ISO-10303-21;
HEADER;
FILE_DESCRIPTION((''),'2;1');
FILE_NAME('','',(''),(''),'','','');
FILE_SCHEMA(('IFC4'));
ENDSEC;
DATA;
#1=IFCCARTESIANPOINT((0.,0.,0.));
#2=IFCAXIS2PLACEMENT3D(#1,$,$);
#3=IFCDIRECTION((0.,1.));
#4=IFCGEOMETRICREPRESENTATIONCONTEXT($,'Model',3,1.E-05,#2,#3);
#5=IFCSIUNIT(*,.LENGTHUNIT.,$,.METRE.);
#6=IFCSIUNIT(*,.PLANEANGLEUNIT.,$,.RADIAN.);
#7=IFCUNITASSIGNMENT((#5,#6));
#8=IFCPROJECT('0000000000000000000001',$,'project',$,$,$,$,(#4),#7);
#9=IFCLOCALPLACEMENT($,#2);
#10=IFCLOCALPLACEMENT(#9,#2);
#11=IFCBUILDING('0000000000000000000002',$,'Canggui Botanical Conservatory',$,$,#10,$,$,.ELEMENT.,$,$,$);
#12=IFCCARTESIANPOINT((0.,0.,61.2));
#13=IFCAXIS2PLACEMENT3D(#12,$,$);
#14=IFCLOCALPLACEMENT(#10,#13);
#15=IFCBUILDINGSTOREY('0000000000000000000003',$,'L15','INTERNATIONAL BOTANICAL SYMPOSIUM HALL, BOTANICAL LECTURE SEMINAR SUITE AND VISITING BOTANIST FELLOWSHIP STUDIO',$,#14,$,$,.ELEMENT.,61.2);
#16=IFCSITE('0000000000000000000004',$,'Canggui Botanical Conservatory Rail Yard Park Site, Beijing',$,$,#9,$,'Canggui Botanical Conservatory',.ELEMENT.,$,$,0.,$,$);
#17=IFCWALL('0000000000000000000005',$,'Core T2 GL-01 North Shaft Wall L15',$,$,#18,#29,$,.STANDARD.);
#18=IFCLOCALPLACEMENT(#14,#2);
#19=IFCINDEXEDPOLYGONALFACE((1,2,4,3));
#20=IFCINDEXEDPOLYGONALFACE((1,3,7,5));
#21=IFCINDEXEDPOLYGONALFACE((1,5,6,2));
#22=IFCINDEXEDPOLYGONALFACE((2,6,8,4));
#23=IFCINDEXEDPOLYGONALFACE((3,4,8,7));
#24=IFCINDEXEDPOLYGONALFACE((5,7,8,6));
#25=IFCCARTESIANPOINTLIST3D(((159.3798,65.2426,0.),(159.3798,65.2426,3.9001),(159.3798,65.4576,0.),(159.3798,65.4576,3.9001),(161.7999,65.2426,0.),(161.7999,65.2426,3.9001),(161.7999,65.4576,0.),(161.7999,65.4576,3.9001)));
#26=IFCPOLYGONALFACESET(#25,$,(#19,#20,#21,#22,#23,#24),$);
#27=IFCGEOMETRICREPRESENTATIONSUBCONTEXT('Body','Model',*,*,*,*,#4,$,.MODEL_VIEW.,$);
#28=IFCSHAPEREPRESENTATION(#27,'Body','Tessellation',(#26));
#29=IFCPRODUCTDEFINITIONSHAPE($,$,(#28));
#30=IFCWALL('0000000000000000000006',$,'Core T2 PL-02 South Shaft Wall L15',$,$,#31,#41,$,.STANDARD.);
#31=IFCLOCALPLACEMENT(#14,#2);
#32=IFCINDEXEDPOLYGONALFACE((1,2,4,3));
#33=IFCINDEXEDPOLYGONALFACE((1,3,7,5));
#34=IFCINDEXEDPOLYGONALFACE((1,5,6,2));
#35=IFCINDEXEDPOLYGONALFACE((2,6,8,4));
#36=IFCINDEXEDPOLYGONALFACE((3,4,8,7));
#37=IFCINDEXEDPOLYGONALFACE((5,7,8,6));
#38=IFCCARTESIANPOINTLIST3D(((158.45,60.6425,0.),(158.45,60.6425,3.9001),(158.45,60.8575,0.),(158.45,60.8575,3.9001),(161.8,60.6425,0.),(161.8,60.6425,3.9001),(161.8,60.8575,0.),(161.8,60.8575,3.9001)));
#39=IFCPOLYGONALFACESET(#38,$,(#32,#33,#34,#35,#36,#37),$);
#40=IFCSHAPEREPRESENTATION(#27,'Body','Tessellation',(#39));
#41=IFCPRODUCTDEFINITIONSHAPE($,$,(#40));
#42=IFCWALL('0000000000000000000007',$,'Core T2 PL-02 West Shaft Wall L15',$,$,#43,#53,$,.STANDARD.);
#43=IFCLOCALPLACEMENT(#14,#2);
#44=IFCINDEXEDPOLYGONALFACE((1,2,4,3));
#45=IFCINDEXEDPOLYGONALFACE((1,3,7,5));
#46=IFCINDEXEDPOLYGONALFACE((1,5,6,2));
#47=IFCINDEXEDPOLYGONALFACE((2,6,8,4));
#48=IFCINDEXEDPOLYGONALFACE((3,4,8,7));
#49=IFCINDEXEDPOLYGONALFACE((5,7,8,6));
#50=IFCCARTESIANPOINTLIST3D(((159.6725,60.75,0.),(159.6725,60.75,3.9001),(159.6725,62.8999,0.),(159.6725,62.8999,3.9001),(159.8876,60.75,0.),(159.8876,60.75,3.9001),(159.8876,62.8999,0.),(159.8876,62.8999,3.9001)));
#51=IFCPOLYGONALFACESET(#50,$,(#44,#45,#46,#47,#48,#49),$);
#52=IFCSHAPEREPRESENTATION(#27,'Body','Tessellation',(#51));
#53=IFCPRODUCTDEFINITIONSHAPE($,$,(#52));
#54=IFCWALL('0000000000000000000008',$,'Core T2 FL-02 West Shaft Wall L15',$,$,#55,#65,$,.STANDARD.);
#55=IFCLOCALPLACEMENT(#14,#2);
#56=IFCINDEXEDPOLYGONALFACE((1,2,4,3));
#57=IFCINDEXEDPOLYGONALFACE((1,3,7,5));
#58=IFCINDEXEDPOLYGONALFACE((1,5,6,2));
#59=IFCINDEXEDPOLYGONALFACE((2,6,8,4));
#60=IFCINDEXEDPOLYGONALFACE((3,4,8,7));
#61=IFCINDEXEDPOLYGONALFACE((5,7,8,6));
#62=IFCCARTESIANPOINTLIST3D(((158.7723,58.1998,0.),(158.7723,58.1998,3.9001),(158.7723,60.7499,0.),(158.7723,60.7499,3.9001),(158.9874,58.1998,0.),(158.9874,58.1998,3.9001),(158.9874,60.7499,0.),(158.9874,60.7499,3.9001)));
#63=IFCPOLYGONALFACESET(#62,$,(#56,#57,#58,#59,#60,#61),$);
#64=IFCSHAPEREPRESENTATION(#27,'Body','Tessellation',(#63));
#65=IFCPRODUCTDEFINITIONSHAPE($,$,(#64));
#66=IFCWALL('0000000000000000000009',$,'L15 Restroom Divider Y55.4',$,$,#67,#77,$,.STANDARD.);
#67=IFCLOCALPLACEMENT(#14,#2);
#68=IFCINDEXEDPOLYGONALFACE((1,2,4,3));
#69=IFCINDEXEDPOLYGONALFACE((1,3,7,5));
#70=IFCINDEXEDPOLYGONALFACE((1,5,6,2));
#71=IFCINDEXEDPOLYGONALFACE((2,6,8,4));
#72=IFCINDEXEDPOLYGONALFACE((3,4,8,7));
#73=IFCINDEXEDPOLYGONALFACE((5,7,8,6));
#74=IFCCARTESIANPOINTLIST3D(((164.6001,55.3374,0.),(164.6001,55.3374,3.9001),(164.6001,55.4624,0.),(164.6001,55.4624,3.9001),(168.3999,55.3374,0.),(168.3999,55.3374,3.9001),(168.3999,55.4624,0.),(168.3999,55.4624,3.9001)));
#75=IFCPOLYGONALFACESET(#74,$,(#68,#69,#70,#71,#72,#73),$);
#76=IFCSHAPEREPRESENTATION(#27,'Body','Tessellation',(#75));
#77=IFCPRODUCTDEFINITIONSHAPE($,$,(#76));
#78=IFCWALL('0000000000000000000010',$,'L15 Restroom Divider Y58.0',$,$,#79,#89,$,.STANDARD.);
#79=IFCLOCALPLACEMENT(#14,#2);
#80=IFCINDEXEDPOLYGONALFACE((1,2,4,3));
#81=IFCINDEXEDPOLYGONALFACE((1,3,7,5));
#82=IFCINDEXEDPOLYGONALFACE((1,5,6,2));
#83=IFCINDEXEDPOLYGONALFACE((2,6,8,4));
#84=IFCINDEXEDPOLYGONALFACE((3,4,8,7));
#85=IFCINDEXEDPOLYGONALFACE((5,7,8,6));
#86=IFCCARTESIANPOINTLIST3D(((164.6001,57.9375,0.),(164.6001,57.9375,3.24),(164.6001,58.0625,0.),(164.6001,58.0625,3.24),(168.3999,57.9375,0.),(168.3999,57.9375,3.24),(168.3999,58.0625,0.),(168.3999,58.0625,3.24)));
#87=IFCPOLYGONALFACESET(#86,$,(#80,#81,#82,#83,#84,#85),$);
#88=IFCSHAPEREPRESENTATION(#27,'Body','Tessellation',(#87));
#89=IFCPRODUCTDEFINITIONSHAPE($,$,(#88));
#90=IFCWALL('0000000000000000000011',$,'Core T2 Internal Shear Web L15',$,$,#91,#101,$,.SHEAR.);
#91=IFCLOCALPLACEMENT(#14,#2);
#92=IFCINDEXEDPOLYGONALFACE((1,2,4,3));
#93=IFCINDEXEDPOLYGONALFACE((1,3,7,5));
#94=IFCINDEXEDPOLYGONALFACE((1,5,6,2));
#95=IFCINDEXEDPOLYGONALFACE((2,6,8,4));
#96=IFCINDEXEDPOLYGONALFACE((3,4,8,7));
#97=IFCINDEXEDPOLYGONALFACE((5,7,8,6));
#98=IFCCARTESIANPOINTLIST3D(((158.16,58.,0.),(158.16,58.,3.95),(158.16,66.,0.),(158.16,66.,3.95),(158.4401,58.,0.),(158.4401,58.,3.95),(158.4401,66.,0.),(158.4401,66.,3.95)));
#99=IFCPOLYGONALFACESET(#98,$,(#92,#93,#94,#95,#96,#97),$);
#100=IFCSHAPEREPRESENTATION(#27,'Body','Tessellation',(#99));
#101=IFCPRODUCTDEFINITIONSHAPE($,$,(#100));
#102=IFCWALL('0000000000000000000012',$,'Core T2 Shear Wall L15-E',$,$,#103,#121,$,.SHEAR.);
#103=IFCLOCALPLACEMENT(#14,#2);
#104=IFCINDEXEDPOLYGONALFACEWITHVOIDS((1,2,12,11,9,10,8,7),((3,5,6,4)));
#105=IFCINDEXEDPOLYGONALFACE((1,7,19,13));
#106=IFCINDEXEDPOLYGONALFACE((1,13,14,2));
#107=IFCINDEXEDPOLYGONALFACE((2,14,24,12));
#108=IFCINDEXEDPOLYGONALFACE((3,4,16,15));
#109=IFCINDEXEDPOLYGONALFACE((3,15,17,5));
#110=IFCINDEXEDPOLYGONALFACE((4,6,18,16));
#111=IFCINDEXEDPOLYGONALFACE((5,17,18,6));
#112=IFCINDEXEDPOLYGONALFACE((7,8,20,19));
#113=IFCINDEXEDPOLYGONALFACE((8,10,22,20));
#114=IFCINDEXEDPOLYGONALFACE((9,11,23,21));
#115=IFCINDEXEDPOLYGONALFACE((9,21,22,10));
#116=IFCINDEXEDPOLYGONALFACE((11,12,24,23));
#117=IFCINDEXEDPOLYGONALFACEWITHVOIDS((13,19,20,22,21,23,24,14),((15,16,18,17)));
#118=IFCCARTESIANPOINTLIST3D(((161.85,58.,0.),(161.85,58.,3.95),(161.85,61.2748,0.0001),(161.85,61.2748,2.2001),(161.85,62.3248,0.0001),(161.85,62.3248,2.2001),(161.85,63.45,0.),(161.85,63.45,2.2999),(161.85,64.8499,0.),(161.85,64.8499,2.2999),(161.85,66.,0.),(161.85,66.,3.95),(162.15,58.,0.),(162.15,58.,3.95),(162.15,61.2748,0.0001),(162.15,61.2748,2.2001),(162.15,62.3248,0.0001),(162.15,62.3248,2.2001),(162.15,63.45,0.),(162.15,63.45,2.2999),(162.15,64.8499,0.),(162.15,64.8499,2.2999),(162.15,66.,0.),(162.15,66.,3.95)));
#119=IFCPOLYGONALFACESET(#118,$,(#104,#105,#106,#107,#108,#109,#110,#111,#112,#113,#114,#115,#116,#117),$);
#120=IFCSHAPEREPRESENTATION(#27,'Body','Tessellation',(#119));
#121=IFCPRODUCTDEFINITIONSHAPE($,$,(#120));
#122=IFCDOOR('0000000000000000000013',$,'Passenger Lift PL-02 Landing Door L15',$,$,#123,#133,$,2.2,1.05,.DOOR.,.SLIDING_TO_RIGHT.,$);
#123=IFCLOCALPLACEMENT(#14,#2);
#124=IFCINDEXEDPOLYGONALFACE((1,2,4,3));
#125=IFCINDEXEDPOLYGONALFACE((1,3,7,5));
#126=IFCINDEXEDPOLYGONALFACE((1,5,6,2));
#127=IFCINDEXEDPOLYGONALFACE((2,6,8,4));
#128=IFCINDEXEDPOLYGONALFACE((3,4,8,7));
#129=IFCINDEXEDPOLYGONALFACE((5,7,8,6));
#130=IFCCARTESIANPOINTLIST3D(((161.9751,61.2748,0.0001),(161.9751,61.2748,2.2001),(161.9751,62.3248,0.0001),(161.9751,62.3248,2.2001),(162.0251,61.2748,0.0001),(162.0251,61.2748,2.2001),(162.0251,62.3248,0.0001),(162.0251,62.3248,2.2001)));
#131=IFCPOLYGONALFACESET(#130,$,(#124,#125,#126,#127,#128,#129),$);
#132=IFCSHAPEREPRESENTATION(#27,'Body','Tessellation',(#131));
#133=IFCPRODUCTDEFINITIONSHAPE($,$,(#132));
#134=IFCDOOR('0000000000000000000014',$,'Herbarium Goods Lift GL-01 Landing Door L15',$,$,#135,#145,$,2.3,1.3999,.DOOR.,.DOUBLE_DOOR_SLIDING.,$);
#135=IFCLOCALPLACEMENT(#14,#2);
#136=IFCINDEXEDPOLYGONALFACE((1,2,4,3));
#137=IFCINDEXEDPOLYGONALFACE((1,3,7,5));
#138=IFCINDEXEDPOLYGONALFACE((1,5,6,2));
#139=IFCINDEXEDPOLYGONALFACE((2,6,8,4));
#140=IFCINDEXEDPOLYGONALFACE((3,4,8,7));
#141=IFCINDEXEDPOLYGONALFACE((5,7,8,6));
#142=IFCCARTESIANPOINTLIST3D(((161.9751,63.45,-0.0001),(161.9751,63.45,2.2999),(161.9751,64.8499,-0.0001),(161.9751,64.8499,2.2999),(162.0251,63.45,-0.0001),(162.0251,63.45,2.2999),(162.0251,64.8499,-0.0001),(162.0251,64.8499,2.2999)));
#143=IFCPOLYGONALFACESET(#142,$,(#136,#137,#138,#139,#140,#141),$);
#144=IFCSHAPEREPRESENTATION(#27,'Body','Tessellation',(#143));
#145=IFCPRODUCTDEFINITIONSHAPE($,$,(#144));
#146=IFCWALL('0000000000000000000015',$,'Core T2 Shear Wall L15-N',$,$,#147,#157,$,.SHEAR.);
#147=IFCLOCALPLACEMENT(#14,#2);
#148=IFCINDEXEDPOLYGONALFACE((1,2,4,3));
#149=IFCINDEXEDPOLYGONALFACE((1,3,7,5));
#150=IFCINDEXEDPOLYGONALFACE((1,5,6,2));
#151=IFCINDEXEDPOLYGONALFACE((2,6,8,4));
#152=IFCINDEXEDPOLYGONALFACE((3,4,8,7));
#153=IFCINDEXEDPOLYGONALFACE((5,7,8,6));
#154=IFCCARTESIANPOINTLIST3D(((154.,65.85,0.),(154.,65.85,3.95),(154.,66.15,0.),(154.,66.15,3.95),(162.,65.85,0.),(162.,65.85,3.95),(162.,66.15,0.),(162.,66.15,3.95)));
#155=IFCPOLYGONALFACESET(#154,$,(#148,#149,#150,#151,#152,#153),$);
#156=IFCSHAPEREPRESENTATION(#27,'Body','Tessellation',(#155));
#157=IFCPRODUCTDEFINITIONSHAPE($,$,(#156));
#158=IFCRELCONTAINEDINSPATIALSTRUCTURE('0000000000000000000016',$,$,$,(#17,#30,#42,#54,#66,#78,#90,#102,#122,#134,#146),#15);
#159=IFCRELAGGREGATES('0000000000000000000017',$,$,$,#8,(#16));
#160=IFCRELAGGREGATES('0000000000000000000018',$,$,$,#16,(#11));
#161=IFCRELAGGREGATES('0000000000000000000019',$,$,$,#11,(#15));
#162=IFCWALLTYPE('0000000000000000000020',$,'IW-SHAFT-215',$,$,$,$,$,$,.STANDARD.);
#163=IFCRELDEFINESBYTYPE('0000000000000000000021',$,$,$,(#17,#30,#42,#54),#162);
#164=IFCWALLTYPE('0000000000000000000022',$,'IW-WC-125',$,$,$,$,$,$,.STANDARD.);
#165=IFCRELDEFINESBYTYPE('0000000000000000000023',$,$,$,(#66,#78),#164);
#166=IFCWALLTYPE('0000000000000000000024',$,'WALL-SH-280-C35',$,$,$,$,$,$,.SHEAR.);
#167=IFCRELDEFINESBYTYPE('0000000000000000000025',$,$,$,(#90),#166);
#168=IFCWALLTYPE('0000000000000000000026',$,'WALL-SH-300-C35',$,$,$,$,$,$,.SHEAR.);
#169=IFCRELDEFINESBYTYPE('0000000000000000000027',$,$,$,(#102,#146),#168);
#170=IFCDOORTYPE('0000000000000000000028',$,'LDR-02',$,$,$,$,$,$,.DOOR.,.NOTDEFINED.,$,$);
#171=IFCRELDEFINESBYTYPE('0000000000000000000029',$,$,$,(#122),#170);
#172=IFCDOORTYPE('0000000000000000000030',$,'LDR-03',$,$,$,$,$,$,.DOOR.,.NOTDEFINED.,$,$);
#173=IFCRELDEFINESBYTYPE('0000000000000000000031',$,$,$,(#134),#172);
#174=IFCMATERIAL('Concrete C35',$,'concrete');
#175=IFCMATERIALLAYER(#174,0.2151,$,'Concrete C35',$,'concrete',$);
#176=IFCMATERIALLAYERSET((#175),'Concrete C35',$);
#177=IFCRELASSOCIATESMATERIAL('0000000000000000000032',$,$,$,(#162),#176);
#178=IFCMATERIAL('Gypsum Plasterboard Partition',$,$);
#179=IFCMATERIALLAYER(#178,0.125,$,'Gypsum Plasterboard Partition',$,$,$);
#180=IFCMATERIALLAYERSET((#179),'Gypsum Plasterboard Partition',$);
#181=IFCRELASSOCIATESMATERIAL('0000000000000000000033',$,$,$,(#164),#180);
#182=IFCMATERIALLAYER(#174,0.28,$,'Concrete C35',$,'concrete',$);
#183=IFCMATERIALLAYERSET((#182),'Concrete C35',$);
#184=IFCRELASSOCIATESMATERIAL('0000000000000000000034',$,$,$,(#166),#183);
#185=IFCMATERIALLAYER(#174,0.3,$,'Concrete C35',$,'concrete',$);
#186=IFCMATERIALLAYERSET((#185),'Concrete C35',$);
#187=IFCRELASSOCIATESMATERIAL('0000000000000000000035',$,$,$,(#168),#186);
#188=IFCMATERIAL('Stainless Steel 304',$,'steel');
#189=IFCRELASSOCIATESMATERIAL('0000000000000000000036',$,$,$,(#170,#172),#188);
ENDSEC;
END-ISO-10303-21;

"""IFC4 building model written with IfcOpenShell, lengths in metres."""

from ifc_helpers import new_model, si_unit, direction, frame, frame_2d, origin, place, context, subcontext, project, spatial, rectangle, extrude, material, layer, layer_set, type_object, element, fill, save


model = new_model("IFC4")

# Units and contexts
model_context = context("Model", 3, precision=1e-05, world=origin(), true_north=direction((0.0, 1.0)))
body_context = subcontext(model_context, "Body", "Model", "MODEL_VIEW")
ifc_project = project(units=[si_unit("LENGTHUNIT", "METRE"), si_unit("PLANEANGLEUNIT", "RADIAN")], contexts=[model_context])

# Site, building, storey
site_placement = place(None, origin())
site = spatial("IfcSite", under=ifc_project, at=site_placement, Name="Canggui Botanical Conservatory Rail Yard Park Site, Beijing", LongName="Canggui Botanical Conservatory", CompositionType="ELEMENT", RefElevation=0.0)
building_placement = place(site_placement, origin())
building = spatial("IfcBuilding", under=site, at=building_placement, Name="Canggui Botanical Conservatory", CompositionType="ELEMENT")
storey_placement = place(building_placement, frame((0.0, 0.0, 61.2)))
storey = spatial("IfcBuildingStorey", under=building, at=storey_placement, Name="L15", Description="INTERNATIONAL BOTANICAL SYMPOSIUM HALL, BOTANICAL LECTURE SEMINAR SUITE AND VISITING BOTANIST FELLOWSHIP STUDIO", CompositionType="ELEMENT", Elevation=61.2)

# Shared definitions
ifc_material_1 = material(Name="Concrete C35", Category="concrete")

# Shared definitions
ifc_material_2 = material(Name="Gypsum Plasterboard Partition")

# Walls
ifc_layer_1 = layer(ifc_material_1, 0.2151, Name="Concrete C35", Category="concrete")
ifc_layer_set_1 = layer_set([ifc_layer_1], Name="Concrete C35")
wall_type_1 = type_object("IfcWallType", Name="IW-SHAFT-215", PredefinedType="STANDARD", material=ifc_layer_set_1)
wall_1_placement = place(storey_placement, frame((159.3799, 65.3501, 0.0), z_axis=(0.0, 0.0, 1.0), x_axis=(1.0, 0.0, 0.0)))
element("IfcWall", 1, at=wall_1_placement, inside=storey, type_object=wall_type_1, Name="Core T2 GL-01 North Shaft Wall L15", PredefinedType="STANDARD", context=body_context, shape_type="SweptSolid", body=[
    extrude(rectangle(XDim=2.4202, YDim=0.2151, at=frame_2d((1.21, 0.0))), origin(), (0.0, 0.0, 1.0), 3.9001),
])
wall_2_placement = place(storey_placement, frame((158.45, 60.75, 0.0), z_axis=(0.0, 0.0, 1.0), x_axis=(1.0, 0.0, 0.0)))
element("IfcWall", 2, at=wall_2_placement, inside=storey, type_object=wall_type_1, Name="Core T2 PL-02 South Shaft Wall L15", PredefinedType="STANDARD", context=body_context, shape_type="SweptSolid", body=[
    extrude(rectangle(XDim=3.3501, YDim=0.2151, at=frame_2d((1.675, 0.0))), origin(), (0.0, 0.0, 1.0), 3.9001),
])
wall_3_placement = place(storey_placement, frame((159.78, 60.75, 0.0), z_axis=(0.0, 0.0, 1.0), x_axis=(0.0, 1.0, 0.0)))
element("IfcWall", 3, at=wall_3_placement, inside=storey, type_object=wall_type_1, Name="Core T2 PL-02 West Shaft Wall L15", PredefinedType="STANDARD", context=body_context, shape_type="SweptSolid", body=[
    extrude(rectangle(XDim=2.1499, YDim=0.2151, at=frame_2d((1.075, 0.0))), origin(), (0.0, 0.0, 1.0), 3.9001),
])
wall_4_placement = place(storey_placement, frame((158.8799, 58.2, 0.0), z_axis=(0.0, 0.0, 1.0), x_axis=(0.0, 1.0, 0.0)))
element("IfcWall", 4, at=wall_4_placement, inside=storey, type_object=wall_type_1, Name="Core T2 FL-02 West Shaft Wall L15", PredefinedType="STANDARD", context=body_context, shape_type="SweptSolid", body=[
    extrude(rectangle(XDim=2.55, YDim=0.2151, at=frame_2d((1.2749, 0.0))), origin(), (0.0, 0.0, 1.0), 3.9001),
])
ifc_layer_2 = layer(ifc_material_2, 0.125, Name="Gypsum Plasterboard Partition")
ifc_layer_set_2 = layer_set([ifc_layer_2], Name="Gypsum Plasterboard Partition")
wall_type_2 = type_object("IfcWallType", Name="IW-WC-125", PredefinedType="STANDARD", material=ifc_layer_set_2)
wall_5_placement = place(storey_placement, frame((164.6001, 55.3999, 0.0), z_axis=(0.0, 0.0, 1.0), x_axis=(1.0, 0.0, 0.0)))
element("IfcWall", 5, at=wall_5_placement, inside=storey, type_object=wall_type_2, Name="L15 Restroom Divider Y55.4", PredefinedType="STANDARD", context=body_context, shape_type="SweptSolid", body=[
    extrude(rectangle(XDim=3.7998, YDim=0.125, at=frame_2d((1.8999, 0.0))), origin(), (0.0, 0.0, 1.0), 3.9001),
])
wall_6_placement = place(storey_placement, frame((164.6001, 58.0, 0.0), z_axis=(0.0, 0.0, 1.0), x_axis=(1.0, 0.0, 0.0)))
element("IfcWall", 6, at=wall_6_placement, inside=storey, type_object=wall_type_2, Name="L15 Restroom Divider Y58.0", PredefinedType="STANDARD", context=body_context, shape_type="SweptSolid", body=[
    extrude(rectangle(XDim=3.7998, YDim=0.125, at=frame_2d((1.8999, 0.0))), origin(), (0.0, 0.0, 1.0), 3.24),
])
ifc_layer_3 = layer(ifc_material_1, 0.28, Name="Concrete C35", Category="concrete")
ifc_layer_set_3 = layer_set([ifc_layer_3], Name="Concrete C35")
wall_type_3 = type_object("IfcWallType", Name="WALL-SH-280-C35", PredefinedType="SHEAR", material=ifc_layer_set_3)
wall_7_placement = place(storey_placement, frame((158.3, 58.0, 0.0), z_axis=(0.0, 0.0, 1.0), x_axis=(0.0, 1.0, 0.0)))
element("IfcWall", 7, at=wall_7_placement, inside=storey, type_object=wall_type_3, Name="Core T2 Internal Shear Web L15", PredefinedType="SHEAR", context=body_context, shape_type="SweptSolid", body=[
    extrude(rectangle(XDim=8.0, YDim=0.28, at=frame_2d((4.0, 0.0))), origin(), (0.0, 0.0, 1.0), 3.95),
])

# Wall, openings, doors
ifc_layer_4 = layer(ifc_material_1, 0.3, Name="Concrete C35", Category="concrete")
ifc_layer_set_4 = layer_set([ifc_layer_4], Name="Concrete C35")
wall_type_4 = type_object("IfcWallType", Name="WALL-SH-300-C35", PredefinedType="SHEAR", material=ifc_layer_set_4)
wall_8_placement = place(storey_placement, frame((162.0, 58.0, 0.0), z_axis=(0.0, 0.0, 1.0), x_axis=(0.0, 1.0, 0.0)))
wall_8 = element("IfcWall", 8, at=wall_8_placement, inside=storey, type_object=wall_type_4, Name="Core T2 Shear Wall L15-E", PredefinedType="SHEAR", context=body_context, shape_type="SweptSolid", body=[
    extrude(rectangle(XDim=8.0, YDim=0.3, at=frame_2d((4.0, 0.0))), origin(), (0.0, 0.0, 1.0), 3.95),
])
opening_1_placement = place(wall_8_placement, frame((3.2749, 0.0, 0.0)))
opening_1 = element("IfcOpeningElement", 9, at=opening_1_placement, cuts=wall_8, PredefinedType="OPENING", context=body_context, shape_type="SweptSolid", body=[
    extrude(rectangle(XDim=1.05, YDim=2.2, at=frame_2d((0.5249, 1.1001))), frame((0.0, 0.1602, 0.0), z_axis=(0.0, -1.0, 0.0), x_axis=(1.0, 0.0, 0.0)), (0.0, 0.0, 1.0), 0.3201),
])
opening_2_placement = place(wall_8_placement, frame((5.45, 0.0, 0.0)))
opening_2 = element("IfcOpeningElement", 10, at=opening_2_placement, cuts=wall_8, PredefinedType="OPENING", context=body_context, shape_type="SweptSolid", body=[
    extrude(rectangle(XDim=1.3999, YDim=2.3, at=frame_2d((0.7, 1.1499))), frame((0.0, 0.1602, 0.0), z_axis=(0.0, -1.0, 0.0), x_axis=(1.0, 0.0, 0.0)), (0.0, 0.0, 1.0), 0.3201),
])
ifc_material_3 = material(Name="Stainless Steel 304", Category="steel")
door_type_1 = type_object("IfcDoorType", Name="LDR-02", OperationType="NOTDEFINED", PredefinedType="DOOR", material=ifc_material_3)
door_1_placement = place(opening_1_placement, origin())
door_1 = element("IfcDoor", 11, at=door_1_placement, inside=storey, type_object=door_type_1, Name="Passenger Lift PL-02 Landing Door L15", OperationType="SLIDING_TO_RIGHT", OverallHeight=2.2, OverallWidth=1.05, PredefinedType="DOOR", context=body_context, shape_type="SweptSolid", body=[
    extrude(rectangle(XDim=1.05, YDim=2.2, at=frame_2d((0.5249, 1.1001))), frame((0.0, 0.0249, 0.0), z_axis=(0.0, -1.0, 0.0), x_axis=(1.0, 0.0, 0.0)), (0.0, 0.0, 1.0), 0.05),
])
fill(opening_1, door_1)
door_type_2 = type_object("IfcDoorType", Name="LDR-03", OperationType="NOTDEFINED", PredefinedType="DOOR", material=ifc_material_3)
door_2_placement = place(opening_2_placement, origin())
door_2 = element("IfcDoor", 12, at=door_2_placement, inside=storey, type_object=door_type_2, Name="Herbarium Goods Lift GL-01 Landing Door L15", OperationType="DOUBLE_DOOR_SLIDING", OverallHeight=2.3, OverallWidth=1.3999, PredefinedType="DOOR", context=body_context, shape_type="SweptSolid", body=[
    extrude(rectangle(XDim=1.3999, YDim=2.3, at=frame_2d((0.7, 1.1499))), frame((0.0, 0.0249, 0.0), z_axis=(0.0, -1.0, 0.0), x_axis=(1.0, 0.0, 0.0)), (0.0, 0.0, 1.0), 0.05),
])
fill(opening_2, door_2)

# Wall
wall_9_placement = place(storey_placement, frame((162.0, 66.0, 0.0), z_axis=(0.0, 0.0, 1.0), x_axis=(-1.0, 0.0, 0.0)))
element("IfcWall", 13, at=wall_9_placement, inside=storey, type_object=wall_type_4, Name="Core T2 Shear Wall L15-N", PredefinedType="SHEAR", context=body_context, shape_type="SweptSolid", body=[
    extrude(rectangle(XDim=8.0, YDim=0.3, at=frame_2d((4.0, 0.0))), origin(), (0.0, 0.0, 1.0), 3.95),
])

save(model, "model.ifc")
